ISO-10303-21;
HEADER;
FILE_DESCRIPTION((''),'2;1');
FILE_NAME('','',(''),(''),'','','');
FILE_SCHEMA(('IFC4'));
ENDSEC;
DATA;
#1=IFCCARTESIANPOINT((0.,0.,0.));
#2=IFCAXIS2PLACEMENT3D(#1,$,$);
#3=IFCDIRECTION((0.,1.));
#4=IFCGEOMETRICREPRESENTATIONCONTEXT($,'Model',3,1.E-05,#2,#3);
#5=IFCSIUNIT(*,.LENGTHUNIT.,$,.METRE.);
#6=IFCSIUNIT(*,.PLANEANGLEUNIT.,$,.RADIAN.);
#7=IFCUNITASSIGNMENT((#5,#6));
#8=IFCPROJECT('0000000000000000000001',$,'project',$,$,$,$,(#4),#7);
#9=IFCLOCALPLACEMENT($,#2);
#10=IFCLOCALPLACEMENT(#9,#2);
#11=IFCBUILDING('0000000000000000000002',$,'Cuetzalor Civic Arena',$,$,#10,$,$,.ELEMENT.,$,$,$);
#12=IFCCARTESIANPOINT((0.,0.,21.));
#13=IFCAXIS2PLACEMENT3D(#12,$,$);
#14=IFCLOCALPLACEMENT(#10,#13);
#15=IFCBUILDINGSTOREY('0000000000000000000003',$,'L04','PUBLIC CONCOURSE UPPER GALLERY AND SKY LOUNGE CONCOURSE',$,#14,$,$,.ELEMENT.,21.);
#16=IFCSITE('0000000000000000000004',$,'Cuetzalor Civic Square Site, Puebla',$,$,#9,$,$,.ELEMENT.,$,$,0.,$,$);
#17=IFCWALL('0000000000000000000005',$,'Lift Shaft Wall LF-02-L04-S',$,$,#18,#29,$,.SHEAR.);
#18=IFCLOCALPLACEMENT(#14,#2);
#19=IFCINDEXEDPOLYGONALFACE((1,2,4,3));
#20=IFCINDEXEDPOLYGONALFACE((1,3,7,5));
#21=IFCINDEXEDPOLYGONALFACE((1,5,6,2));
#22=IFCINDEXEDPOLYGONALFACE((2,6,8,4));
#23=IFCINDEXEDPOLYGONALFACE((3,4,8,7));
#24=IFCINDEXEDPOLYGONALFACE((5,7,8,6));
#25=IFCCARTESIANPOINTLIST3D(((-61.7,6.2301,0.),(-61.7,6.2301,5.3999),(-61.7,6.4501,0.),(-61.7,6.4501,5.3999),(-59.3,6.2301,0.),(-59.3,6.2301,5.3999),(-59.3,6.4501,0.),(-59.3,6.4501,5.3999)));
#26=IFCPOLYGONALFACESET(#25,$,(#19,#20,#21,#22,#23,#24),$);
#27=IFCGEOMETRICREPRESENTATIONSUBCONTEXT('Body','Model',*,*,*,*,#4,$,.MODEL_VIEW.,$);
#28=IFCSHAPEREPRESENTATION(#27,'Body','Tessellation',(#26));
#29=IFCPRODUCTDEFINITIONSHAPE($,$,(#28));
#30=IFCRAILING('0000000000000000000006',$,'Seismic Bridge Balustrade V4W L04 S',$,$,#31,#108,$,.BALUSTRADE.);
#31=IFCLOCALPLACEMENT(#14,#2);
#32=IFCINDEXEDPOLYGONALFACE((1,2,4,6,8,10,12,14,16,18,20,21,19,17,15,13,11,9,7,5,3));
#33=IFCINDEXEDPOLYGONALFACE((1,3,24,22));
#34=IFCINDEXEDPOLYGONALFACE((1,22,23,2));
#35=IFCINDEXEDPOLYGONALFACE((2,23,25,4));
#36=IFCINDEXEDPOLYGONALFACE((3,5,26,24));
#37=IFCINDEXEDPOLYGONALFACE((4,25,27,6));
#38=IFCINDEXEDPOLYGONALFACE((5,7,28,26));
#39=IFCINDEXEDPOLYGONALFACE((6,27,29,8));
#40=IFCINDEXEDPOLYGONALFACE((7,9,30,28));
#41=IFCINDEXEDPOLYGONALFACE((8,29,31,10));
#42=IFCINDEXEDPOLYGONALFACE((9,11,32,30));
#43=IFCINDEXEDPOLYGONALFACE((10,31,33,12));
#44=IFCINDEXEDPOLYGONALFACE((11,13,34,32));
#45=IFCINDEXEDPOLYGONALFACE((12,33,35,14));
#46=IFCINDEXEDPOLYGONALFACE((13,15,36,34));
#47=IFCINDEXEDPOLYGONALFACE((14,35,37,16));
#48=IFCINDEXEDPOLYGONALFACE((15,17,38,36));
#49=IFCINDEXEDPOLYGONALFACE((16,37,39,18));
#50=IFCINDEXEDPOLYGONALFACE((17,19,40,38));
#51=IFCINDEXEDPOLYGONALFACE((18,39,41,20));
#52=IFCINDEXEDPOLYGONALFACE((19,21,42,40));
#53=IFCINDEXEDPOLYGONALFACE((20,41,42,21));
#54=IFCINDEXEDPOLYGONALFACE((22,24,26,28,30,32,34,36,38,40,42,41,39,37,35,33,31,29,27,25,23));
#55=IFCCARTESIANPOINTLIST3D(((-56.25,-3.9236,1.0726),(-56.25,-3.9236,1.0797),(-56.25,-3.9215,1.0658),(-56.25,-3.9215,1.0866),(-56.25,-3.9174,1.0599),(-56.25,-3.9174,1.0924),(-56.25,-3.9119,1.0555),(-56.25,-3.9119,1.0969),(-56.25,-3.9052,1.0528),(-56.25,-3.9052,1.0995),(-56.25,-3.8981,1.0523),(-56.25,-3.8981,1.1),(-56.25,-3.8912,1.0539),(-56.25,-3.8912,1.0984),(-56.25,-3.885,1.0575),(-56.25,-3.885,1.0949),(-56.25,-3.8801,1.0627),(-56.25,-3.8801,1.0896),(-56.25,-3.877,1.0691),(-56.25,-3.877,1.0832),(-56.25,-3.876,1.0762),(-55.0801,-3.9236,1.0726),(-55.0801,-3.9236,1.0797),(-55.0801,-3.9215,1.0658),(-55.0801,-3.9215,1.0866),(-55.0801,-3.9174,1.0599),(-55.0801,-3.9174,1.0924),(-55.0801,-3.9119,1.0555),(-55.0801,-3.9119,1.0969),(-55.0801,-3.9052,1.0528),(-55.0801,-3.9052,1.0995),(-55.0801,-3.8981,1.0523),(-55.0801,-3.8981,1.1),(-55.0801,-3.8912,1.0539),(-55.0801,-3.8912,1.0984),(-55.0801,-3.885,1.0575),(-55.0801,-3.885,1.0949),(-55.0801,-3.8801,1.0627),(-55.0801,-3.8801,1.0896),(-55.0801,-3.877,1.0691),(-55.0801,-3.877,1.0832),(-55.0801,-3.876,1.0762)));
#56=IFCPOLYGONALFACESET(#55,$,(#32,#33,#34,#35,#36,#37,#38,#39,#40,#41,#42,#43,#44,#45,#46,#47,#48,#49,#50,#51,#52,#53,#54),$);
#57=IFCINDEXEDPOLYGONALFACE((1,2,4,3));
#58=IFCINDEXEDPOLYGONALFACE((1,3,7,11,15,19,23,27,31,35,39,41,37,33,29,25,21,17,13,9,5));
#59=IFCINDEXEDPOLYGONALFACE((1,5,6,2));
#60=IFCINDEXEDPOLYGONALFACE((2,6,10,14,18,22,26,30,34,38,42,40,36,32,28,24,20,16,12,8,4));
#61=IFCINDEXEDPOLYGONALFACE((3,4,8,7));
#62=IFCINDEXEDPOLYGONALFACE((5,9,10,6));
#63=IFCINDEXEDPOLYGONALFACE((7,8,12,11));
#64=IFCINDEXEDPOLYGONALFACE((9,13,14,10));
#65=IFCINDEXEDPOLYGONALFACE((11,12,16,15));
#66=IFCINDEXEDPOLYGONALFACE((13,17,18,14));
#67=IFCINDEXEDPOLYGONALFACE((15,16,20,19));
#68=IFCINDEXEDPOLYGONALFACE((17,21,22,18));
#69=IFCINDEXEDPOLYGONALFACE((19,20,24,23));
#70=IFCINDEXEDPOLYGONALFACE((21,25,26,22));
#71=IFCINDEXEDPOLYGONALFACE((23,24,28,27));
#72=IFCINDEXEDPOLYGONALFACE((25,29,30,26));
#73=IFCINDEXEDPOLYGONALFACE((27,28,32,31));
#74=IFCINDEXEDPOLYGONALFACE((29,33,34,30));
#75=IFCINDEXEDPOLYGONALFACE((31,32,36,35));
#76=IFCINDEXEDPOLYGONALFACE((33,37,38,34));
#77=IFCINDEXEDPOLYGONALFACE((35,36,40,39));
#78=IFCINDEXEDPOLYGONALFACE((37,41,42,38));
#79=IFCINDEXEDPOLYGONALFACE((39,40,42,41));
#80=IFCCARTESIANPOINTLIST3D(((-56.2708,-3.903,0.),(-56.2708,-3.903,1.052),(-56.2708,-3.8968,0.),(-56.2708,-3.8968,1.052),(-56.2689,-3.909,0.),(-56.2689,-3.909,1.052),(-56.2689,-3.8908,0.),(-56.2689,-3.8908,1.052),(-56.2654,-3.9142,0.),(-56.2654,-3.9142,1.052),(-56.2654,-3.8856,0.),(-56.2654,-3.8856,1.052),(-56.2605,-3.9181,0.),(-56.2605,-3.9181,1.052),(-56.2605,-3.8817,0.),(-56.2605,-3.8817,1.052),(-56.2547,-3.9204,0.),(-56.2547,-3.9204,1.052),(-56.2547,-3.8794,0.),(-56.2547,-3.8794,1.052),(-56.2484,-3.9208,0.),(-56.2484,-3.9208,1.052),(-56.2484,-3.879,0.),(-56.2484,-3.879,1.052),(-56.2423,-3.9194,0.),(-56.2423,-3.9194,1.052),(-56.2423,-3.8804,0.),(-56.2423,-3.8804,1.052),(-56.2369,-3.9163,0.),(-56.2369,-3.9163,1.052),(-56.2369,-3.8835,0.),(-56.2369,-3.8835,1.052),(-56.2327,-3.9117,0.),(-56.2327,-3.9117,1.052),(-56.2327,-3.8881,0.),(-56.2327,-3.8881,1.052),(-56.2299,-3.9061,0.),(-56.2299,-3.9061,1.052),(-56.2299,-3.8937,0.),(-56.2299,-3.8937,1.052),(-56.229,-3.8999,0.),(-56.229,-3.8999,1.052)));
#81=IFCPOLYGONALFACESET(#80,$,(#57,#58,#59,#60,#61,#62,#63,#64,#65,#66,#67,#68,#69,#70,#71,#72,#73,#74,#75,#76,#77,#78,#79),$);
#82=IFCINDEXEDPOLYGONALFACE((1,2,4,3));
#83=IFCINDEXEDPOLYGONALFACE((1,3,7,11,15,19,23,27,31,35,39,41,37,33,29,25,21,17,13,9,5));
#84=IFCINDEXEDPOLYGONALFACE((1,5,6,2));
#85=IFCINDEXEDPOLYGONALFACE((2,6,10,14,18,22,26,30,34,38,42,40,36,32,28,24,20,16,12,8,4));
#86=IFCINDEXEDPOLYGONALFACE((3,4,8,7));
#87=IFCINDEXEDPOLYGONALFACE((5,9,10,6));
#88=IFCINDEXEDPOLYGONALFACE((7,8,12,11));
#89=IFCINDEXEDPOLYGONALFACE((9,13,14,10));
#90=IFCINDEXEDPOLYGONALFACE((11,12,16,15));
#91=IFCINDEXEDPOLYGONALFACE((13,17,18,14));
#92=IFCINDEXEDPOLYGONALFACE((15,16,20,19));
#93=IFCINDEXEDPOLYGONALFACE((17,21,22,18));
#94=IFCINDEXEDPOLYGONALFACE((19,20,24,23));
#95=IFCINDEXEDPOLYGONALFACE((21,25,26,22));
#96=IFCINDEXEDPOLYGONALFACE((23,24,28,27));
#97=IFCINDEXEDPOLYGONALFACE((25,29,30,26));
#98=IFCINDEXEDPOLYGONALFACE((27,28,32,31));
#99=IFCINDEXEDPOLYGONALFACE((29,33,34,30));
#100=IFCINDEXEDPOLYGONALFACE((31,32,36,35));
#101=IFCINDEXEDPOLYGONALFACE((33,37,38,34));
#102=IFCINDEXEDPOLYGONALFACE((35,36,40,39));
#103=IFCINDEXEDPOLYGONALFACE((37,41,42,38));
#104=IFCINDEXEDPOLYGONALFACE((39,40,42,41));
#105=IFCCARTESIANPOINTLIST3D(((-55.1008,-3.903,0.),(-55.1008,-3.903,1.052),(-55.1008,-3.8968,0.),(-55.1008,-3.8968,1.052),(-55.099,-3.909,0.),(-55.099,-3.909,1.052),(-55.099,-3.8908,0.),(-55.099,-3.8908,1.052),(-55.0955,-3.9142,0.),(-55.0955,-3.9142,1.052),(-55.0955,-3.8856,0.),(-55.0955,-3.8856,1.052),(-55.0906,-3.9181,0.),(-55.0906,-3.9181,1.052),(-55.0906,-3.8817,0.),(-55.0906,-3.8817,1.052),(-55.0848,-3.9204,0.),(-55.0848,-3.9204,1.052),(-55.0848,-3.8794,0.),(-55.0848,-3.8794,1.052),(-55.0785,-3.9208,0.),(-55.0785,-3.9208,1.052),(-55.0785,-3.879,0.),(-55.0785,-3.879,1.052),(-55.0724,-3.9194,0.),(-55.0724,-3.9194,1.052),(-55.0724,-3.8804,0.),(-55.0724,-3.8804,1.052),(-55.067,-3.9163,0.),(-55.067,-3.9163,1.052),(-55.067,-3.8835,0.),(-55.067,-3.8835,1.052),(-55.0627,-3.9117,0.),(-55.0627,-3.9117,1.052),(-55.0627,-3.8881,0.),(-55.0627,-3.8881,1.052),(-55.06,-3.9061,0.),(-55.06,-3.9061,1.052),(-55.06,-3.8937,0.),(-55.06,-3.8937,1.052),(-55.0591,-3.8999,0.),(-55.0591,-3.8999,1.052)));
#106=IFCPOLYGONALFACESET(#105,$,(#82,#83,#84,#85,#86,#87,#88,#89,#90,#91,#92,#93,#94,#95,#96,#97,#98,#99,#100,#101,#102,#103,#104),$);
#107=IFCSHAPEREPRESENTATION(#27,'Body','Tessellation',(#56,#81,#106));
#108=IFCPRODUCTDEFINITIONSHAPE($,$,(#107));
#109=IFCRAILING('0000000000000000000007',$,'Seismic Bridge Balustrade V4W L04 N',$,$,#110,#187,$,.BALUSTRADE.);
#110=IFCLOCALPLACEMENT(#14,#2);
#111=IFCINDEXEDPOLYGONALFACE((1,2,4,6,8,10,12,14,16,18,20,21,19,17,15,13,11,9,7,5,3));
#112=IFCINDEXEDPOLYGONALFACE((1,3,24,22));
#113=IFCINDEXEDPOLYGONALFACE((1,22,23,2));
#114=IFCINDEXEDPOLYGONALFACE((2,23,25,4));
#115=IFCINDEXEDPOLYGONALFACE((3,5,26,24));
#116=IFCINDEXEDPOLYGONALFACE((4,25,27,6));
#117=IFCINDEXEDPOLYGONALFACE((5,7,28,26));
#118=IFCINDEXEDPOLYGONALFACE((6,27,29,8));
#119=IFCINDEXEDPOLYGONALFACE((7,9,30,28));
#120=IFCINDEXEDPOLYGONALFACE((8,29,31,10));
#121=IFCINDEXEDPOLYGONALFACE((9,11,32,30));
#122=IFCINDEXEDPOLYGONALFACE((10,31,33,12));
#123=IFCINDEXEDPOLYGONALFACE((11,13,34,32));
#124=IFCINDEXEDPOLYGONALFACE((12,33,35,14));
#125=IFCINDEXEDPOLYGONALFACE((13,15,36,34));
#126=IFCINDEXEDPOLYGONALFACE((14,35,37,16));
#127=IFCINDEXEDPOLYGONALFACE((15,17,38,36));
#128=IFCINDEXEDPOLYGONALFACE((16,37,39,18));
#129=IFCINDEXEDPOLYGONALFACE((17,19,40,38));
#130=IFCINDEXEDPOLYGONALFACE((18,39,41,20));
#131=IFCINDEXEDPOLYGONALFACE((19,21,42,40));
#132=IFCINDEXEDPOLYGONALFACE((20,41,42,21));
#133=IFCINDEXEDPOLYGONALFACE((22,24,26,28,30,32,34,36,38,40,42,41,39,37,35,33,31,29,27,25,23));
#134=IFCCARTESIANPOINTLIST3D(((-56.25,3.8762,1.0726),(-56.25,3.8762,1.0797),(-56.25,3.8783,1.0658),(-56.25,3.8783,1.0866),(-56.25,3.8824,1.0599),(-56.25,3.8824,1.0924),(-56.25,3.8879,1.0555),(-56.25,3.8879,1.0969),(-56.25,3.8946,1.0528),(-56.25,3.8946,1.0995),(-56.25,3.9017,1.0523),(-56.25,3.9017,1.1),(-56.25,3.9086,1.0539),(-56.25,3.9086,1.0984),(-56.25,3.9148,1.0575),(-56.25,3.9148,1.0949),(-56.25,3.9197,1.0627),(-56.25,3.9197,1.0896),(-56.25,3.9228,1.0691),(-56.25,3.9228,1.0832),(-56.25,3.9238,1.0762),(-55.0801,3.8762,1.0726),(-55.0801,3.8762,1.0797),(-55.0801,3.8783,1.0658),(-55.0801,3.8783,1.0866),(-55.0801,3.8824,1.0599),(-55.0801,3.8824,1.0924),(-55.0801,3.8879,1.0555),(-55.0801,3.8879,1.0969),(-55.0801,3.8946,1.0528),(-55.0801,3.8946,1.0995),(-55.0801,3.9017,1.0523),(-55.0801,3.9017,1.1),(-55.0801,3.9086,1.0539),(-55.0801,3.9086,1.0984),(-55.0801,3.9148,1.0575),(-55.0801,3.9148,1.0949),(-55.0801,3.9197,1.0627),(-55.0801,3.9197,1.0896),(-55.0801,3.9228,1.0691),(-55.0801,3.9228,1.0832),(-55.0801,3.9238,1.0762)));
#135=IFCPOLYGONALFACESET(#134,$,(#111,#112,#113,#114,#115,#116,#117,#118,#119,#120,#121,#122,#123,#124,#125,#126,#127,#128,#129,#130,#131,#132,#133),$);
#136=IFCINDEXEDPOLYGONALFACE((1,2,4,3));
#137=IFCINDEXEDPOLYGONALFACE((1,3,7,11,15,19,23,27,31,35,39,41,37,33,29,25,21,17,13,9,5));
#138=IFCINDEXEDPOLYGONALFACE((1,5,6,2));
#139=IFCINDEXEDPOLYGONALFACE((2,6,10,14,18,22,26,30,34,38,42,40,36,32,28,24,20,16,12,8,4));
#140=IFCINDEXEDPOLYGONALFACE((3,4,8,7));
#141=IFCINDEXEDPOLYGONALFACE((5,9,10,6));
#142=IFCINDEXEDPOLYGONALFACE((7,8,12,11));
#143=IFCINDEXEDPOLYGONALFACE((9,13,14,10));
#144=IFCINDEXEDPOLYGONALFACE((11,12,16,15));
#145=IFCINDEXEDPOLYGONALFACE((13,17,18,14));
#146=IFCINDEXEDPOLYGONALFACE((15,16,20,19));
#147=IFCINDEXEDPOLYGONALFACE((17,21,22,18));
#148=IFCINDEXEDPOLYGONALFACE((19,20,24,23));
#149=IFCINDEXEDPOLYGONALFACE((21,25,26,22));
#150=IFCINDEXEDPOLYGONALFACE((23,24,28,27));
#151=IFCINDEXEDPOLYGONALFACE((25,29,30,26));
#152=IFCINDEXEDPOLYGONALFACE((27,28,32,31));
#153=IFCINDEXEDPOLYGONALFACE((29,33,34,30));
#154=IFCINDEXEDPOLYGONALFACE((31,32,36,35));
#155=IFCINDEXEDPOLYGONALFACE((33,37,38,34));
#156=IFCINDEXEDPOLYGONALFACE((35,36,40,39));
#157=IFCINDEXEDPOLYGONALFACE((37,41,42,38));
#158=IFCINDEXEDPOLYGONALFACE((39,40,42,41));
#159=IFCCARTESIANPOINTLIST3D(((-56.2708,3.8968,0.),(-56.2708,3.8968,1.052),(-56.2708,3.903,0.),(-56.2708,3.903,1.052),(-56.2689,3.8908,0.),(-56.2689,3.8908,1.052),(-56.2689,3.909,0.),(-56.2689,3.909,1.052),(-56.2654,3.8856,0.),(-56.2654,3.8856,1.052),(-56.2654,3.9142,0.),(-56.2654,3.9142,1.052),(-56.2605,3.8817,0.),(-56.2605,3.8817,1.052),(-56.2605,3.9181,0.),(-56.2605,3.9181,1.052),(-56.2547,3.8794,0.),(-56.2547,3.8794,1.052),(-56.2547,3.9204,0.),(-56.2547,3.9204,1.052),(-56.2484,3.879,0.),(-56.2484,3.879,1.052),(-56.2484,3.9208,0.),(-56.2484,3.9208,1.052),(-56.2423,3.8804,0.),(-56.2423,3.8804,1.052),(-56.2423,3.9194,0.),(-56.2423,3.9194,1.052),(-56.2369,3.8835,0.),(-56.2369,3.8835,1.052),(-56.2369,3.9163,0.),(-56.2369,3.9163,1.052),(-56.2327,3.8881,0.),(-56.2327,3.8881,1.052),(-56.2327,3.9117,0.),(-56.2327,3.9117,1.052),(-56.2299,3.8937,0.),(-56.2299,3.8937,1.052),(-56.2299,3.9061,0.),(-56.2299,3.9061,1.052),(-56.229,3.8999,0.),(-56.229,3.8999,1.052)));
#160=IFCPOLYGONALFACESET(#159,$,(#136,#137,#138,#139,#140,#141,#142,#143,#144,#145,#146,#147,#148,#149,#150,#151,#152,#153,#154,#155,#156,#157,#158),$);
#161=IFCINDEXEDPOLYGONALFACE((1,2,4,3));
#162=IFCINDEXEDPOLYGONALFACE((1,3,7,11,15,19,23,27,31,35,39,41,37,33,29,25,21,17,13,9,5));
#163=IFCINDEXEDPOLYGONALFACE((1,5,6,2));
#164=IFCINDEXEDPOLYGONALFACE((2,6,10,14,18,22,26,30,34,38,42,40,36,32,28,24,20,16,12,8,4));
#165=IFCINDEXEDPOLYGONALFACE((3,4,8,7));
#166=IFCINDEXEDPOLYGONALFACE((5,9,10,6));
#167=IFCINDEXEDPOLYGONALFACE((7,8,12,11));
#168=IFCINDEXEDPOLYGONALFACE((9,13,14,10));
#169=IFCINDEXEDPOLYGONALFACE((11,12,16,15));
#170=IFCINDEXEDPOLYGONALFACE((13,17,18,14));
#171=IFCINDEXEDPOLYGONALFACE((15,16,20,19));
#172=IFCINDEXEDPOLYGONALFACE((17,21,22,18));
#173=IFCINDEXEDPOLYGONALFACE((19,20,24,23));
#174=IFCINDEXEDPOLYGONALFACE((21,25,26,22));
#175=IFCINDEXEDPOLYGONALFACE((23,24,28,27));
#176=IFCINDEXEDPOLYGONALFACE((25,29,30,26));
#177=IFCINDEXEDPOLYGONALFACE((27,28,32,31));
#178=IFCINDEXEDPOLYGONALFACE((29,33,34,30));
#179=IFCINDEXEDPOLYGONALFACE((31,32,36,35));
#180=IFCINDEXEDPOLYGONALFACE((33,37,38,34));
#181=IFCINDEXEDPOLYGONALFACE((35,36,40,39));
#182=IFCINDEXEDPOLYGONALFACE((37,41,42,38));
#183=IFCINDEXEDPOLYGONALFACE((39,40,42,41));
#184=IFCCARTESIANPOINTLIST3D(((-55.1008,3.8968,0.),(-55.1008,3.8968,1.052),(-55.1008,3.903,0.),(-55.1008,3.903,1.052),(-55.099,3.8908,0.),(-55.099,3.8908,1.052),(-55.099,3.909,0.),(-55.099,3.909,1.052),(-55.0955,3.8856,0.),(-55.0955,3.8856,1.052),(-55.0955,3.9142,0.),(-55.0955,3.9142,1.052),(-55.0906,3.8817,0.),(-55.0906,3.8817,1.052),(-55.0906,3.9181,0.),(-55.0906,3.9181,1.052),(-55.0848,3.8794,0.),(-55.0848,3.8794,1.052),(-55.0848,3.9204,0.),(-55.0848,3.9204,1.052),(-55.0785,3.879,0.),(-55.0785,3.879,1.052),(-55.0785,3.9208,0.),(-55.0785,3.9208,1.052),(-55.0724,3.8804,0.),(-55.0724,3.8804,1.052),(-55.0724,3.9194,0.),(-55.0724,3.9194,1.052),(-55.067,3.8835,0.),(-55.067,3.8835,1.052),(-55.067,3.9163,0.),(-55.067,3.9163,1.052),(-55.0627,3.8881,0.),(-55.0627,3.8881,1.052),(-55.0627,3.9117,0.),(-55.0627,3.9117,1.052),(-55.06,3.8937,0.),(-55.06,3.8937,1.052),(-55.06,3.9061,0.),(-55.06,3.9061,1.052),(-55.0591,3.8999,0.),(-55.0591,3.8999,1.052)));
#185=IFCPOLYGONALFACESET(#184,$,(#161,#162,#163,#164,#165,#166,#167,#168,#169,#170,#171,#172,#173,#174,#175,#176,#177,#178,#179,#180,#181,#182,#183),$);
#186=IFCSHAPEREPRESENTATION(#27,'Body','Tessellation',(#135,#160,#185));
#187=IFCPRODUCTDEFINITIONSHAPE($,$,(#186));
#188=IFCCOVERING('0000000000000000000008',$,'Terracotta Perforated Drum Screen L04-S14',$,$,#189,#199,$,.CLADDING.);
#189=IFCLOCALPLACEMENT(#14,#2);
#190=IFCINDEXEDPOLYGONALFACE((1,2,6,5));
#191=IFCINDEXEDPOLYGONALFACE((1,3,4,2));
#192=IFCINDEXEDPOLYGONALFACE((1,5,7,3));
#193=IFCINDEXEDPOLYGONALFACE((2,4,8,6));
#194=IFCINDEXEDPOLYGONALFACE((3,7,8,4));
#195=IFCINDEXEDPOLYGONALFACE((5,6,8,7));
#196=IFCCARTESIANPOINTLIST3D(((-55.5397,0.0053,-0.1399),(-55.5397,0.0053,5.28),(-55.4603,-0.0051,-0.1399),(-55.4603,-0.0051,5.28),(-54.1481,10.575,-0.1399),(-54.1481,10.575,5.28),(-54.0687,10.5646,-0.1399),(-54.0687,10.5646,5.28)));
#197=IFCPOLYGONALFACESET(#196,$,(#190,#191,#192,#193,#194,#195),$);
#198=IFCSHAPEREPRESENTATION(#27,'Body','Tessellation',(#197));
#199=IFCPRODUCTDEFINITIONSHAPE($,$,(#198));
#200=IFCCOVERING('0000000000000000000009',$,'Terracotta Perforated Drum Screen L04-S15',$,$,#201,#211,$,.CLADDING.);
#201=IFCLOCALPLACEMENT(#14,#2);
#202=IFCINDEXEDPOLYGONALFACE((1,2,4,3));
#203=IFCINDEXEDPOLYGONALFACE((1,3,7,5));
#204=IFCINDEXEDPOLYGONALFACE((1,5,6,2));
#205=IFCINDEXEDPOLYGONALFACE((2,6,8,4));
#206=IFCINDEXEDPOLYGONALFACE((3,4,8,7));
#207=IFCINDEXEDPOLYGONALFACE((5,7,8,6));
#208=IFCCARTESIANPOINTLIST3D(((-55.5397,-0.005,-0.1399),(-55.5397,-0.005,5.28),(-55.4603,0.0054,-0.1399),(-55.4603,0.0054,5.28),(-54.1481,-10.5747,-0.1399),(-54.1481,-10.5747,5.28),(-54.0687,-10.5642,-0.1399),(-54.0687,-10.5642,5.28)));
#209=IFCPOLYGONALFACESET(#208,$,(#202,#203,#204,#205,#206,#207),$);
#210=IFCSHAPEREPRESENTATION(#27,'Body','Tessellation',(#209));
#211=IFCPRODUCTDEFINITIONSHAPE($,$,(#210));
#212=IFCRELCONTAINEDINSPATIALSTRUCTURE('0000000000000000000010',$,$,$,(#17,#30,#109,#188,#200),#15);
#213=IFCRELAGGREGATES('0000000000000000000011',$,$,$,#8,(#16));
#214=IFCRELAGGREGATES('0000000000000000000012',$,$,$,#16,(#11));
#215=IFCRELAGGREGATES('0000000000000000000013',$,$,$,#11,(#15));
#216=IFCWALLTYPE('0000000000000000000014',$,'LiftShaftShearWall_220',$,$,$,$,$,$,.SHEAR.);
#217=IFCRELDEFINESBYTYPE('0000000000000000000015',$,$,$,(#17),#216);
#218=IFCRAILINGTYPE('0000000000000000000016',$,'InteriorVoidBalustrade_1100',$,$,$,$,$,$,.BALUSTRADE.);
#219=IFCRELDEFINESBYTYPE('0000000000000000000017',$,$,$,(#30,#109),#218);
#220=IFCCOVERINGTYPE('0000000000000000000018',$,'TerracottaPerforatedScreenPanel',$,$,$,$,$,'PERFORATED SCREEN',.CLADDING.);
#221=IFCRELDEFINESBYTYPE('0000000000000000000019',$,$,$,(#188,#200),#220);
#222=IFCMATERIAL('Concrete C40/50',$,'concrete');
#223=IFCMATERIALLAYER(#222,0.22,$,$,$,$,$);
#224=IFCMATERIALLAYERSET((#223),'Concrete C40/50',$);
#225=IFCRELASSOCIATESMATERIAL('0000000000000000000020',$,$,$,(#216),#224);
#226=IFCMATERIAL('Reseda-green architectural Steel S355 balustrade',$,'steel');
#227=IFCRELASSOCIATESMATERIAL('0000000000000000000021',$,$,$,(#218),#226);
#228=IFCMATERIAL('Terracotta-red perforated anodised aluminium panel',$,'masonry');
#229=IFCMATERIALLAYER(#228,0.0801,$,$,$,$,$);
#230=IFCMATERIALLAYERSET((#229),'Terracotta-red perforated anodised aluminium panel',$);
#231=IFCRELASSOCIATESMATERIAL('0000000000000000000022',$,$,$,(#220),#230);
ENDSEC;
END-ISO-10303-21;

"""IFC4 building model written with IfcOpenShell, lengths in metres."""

from ifc_helpers import new_model, si_unit, direction, frame, frame_2d, origin, origin_2d, place, context, subcontext, project, spatial, rectangle, circle, extrude, material, layer, layer_set, type_object, element, save


model = new_model("IFC4")

# Units and contexts
model_context = context("Model", 3, precision=1e-05, world=origin(), true_north=direction((0.0, 1.0)))
body_context = subcontext(model_context, "Body", "Model", "MODEL_VIEW")
ifc_project = project(units=[si_unit("LENGTHUNIT", "METRE"), si_unit("PLANEANGLEUNIT", "RADIAN")], contexts=[model_context])

# Site, building, storey
site_placement = place(None, origin())
site = spatial("IfcSite", under=ifc_project, at=site_placement, Name="Cuetzalor Civic Square Site, Puebla", CompositionType="ELEMENT", RefElevation=0.0)
building_placement = place(site_placement, origin())
building = spatial("IfcBuilding", under=site, at=building_placement, Name="Cuetzalor Civic Arena", CompositionType="ELEMENT")
storey_placement = place(building_placement, frame((0.0, 0.0, 21.0)))
storey = spatial("IfcBuildingStorey", under=building, at=storey_placement, Name="L04", Description="PUBLIC CONCOURSE UPPER GALLERY AND SKY LOUNGE CONCOURSE", CompositionType="ELEMENT", Elevation=21.0)

# Shared definitions
ifc_material_1 = material(Name="Concrete C40/50", Category="concrete")
ifc_layer_1 = layer(ifc_material_1, 0.22)
ifc_layer_set_1 = layer_set([ifc_layer_1], Name="Concrete C40/50")
wall_type_1 = type_object("IfcWallType", Name="LiftShaftShearWall_220", PredefinedType="SHEAR", material=ifc_layer_set_1)

# Wall
wall_1_placement = place(storey_placement, frame((-59.3, 6.3401, 0.0), z_axis=(0.0, 0.0, 1.0), x_axis=(-1.0, 0.0, 0.0)))
element("IfcWall", 1, at=wall_1_placement, inside=storey, type_object=wall_type_1, Name="Lift Shaft Wall LF-02-L04-S", PredefinedType="SHEAR", context=body_context, shape_type="SweptSolid", body=[
    extrude(rectangle(XDim=2.3999, YDim=0.22, at=frame_2d((1.2, 0.0))), origin(), (0.0, 0.0, 1.0), 5.3999),
])

# Railings
ifc_material_2 = material(Name="Reseda-green architectural Steel S355 balustrade", Category="steel")
railing_type = type_object("IfcRailingType", Name="InteriorVoidBalustrade_1100", PredefinedType="BALUSTRADE", material=ifc_material_2)
for number, where, name in (
    (2, (-56.25, -3.8999, 0.0), "Seismic Bridge Balustrade V4W L04 S"),
    (3, (-56.25, 3.8999, 0.0), "Seismic Bridge Balustrade V4W L04 N"),
):
    element("IfcRailing", number, at=place(storey_placement, frame(where)), inside=storey, type_object=railing_type, Name=name, PredefinedType="BALUSTRADE", context=body_context, shape_type="SweptSolid", body=[
        extrude(circle(Radius=0.0239, at=origin_2d()), frame((0.0, 0.0, 1.0762), z_axis=(1.0, 0.0, 0.0), x_axis=(0.0, 1.0, 0.0)), (0.0, 0.0, 1.0), 1.1699),
        extrude(circle(Radius=0.021, at=origin_2d()), origin(), (0.0, 0.0, 1.0), 1.052),
        extrude(circle(Radius=0.021, at=origin_2d()), frame((1.1699, 0.0, 0.0)), (0.0, 0.0, 1.0), 1.052),
    ])

# Coverings
ifc_material_3 = material(Name="Terracotta-red perforated anodised aluminium panel", Category="masonry")
ifc_layer_2 = layer(ifc_material_3, 0.0801)
ifc_layer_set_2 = layer_set([ifc_layer_2], Name="Terracotta-red perforated anodised aluminium panel")
covering_type = type_object("IfcCoveringType", Name="TerracottaPerforatedScreenPanel", ElementType="PERFORATED SCREEN", PredefinedType="CLADDING", material=ifc_layer_set_2)
for number, where, z_axis, x_axis, name in (
    (4, (-55.5, 0.0, -0.1399), (0.0, 0.0, 1.0), (0.130534, 0.991444, 0.0), "Terracotta Perforated Drum Screen L04-S14"),
    (5, (-54.1084, -10.5696, -0.1399), (0.0, 0.0, 1.0), (-0.130534, 0.991444, 0.0), "Terracotta Perforated Drum Screen L04-S15"),
):
    element("IfcCovering", number, at=place(storey_placement, frame(where, z_axis=z_axis, x_axis=x_axis)), inside=storey, type_object=covering_type, Name=name, PredefinedType="CLADDING", context=body_context, shape_type="SweptSolid", body=[
        extrude(rectangle(XDim=10.6609, YDim=0.0801, at=frame_2d((5.3306, 0.0))), origin(), (0.0, 0.0, 1.0), 5.4199),
    ])

save(model, "model.ifc")
